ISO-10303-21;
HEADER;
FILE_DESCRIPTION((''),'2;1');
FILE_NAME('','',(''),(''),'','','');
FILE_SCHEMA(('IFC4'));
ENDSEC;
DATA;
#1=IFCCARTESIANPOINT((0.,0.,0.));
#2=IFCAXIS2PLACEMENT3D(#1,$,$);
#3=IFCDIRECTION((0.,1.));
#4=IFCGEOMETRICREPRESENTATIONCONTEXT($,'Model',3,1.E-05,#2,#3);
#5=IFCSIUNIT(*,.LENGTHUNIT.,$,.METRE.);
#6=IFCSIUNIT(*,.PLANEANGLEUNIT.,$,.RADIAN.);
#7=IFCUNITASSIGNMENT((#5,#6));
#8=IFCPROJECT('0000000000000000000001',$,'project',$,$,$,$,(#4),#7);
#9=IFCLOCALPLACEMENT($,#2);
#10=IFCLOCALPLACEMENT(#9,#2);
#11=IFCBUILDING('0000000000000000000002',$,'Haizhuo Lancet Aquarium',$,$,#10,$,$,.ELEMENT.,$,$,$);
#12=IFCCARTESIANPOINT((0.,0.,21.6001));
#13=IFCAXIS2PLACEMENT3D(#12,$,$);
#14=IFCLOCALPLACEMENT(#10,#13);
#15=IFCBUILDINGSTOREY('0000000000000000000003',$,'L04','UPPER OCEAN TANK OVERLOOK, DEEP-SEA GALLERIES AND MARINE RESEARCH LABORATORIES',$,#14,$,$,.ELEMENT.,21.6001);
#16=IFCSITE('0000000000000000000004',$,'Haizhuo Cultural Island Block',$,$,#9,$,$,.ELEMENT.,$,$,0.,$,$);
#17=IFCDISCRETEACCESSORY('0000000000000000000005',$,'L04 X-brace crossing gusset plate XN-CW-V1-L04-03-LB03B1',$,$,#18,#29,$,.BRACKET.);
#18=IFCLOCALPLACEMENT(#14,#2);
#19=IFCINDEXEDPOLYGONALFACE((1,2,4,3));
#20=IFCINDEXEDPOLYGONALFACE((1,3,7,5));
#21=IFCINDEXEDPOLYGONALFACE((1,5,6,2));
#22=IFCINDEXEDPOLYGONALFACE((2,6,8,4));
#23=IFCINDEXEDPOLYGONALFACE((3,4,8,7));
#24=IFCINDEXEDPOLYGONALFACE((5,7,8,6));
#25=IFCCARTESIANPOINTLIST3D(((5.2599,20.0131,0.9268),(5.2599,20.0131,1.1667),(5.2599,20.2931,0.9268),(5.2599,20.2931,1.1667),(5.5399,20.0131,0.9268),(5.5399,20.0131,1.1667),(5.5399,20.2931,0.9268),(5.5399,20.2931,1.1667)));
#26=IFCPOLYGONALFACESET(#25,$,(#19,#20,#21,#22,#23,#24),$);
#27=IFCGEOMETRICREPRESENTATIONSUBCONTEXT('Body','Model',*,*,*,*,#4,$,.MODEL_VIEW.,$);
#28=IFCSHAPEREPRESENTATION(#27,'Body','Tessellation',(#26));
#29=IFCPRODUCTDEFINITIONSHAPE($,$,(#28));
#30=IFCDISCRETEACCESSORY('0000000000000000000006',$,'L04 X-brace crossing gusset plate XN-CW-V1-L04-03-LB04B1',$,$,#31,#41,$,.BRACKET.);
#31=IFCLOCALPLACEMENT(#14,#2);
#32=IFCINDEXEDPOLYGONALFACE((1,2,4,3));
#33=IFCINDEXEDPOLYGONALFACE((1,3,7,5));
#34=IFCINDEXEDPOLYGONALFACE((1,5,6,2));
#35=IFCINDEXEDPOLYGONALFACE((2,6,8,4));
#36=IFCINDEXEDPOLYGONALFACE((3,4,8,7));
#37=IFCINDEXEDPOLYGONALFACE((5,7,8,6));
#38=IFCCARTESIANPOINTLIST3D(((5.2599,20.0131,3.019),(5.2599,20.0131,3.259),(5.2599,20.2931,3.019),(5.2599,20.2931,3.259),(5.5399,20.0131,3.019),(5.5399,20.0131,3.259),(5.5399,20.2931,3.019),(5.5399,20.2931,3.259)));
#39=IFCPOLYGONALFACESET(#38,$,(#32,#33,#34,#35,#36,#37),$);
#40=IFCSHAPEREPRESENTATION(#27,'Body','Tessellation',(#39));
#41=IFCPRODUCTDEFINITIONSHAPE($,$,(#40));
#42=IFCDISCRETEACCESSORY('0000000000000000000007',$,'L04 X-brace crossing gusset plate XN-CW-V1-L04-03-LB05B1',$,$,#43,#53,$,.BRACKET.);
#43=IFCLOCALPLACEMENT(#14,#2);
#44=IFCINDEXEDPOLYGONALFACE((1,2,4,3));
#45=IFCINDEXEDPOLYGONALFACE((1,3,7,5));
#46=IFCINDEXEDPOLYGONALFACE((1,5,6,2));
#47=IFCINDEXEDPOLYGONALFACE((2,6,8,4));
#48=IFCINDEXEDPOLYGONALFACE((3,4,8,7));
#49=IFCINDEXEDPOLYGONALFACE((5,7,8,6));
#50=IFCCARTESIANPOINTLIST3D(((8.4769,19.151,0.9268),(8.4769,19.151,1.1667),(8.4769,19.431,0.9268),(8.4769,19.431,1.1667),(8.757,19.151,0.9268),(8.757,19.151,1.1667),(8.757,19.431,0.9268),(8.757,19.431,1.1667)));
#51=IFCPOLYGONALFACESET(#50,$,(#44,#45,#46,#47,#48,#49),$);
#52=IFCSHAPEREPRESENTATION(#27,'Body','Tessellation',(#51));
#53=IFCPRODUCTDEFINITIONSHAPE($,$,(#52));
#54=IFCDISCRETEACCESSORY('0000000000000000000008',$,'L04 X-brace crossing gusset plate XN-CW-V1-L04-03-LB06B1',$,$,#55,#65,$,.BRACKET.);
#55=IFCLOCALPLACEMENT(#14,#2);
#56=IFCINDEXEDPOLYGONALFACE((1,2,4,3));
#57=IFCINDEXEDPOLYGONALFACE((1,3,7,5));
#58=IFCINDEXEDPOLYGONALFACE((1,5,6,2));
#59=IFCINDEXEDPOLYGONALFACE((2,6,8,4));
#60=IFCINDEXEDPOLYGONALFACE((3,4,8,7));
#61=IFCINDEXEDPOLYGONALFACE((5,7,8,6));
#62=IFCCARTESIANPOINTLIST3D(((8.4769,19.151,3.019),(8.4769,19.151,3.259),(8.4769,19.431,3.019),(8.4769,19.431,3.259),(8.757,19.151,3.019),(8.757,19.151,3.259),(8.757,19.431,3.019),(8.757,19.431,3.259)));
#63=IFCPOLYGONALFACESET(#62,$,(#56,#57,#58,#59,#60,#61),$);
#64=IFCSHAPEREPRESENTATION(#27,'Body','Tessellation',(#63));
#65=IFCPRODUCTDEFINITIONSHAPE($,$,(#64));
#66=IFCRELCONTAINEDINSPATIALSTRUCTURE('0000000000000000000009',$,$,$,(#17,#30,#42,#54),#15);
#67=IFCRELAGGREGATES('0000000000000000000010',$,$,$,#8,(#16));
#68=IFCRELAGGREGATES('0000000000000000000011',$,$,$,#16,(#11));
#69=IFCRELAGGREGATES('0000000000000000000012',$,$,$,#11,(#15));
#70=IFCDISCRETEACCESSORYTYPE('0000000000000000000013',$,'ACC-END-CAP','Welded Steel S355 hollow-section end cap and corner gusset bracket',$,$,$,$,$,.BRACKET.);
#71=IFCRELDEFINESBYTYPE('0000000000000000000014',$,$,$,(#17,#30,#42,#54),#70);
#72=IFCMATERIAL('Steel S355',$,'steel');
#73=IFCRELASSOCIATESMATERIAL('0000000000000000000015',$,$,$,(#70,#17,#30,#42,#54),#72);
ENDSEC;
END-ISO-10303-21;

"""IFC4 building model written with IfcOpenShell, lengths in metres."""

from ifc_helpers import new_model, si_unit, direction, frame, origin, origin_2d, place, context, subcontext, project, spatial, rectangle, extrude, material, type_object, element, save


model = new_model("IFC4")

# Units and contexts
model_context = context("Model", 3, precision=1e-05, world=origin(), true_north=direction((0.0, 1.0)))
body_context = subcontext(model_context, "Body", "Model", "MODEL_VIEW")
ifc_project = project(units=[si_unit("LENGTHUNIT", "METRE"), si_unit("PLANEANGLEUNIT", "RADIAN")], contexts=[model_context])

# Site, building, storey
site_placement = place(None, origin())
site = spatial("IfcSite", under=ifc_project, at=site_placement, Name="Haizhuo Cultural Island Block", CompositionType="ELEMENT", RefElevation=0.0)
building_placement = place(site_placement, origin())
building = spatial("IfcBuilding", under=site, at=building_placement, Name="Haizhuo Lancet Aquarium", CompositionType="ELEMENT")
storey_placement = place(building_placement, frame((0.0, 0.0, 21.6001)))
storey = spatial("IfcBuildingStorey", under=building, at=storey_placement, Name="L04", Description="UPPER OCEAN TANK OVERLOOK, DEEP-SEA GALLERIES AND MARINE RESEARCH LABORATORIES", CompositionType="ELEMENT", Elevation=21.6001)

# Shared definitions
ifc_material_1 = material(Name="Steel S355", Category="steel")

# Discrete accessories
discrete_accessory_type = type_object("IfcDiscreteAccessoryType", Name="ACC-END-CAP", Description="Welded Steel S355 hollow-section end cap and corner gusset bracket", PredefinedType="BRACKET", material=ifc_material_1)
for number, where, z_axis, x_axis, name in (
    (1, (5.3999, 20.1531, 0.9268), (0.0, 0.0, 1.0), (1.0, 0.0, 0.0), "L04 X-brace crossing gusset plate XN-CW-V1-L04-03-LB03B1"),
    (2, (5.3999, 20.1531, 3.019), (0.0, 0.0, 1.0), (1.0, 0.0, 0.0), "L04 X-brace crossing gusset plate XN-CW-V1-L04-03-LB04B1"),
    (3, (8.6169, 19.291, 0.9268), (0.0, 0.0, 1.0), (1.0, 0.0, 0.0), "L04 X-brace crossing gusset plate XN-CW-V1-L04-03-LB05B1"),
    (4, (8.6169, 19.291, 3.019), (0.0, 0.0, 1.0), (1.0, 0.0, 0.0), "L04 X-brace crossing gusset plate XN-CW-V1-L04-03-LB06B1"),
):
    element("IfcDiscreteAccessory", number, at=place(storey_placement, frame(where, z_axis=z_axis, x_axis=x_axis)), inside=storey, type_object=discrete_accessory_type, material=ifc_material_1, Name=name, PredefinedType="BRACKET", context=body_context, shape_type="SweptSolid", body=[
        extrude(rectangle(XDim=0.28, YDim=0.28, at=origin_2d()), origin(), (0.0, 0.0, 1.0), 0.24),
    ])

save(model, "model.ifc")
